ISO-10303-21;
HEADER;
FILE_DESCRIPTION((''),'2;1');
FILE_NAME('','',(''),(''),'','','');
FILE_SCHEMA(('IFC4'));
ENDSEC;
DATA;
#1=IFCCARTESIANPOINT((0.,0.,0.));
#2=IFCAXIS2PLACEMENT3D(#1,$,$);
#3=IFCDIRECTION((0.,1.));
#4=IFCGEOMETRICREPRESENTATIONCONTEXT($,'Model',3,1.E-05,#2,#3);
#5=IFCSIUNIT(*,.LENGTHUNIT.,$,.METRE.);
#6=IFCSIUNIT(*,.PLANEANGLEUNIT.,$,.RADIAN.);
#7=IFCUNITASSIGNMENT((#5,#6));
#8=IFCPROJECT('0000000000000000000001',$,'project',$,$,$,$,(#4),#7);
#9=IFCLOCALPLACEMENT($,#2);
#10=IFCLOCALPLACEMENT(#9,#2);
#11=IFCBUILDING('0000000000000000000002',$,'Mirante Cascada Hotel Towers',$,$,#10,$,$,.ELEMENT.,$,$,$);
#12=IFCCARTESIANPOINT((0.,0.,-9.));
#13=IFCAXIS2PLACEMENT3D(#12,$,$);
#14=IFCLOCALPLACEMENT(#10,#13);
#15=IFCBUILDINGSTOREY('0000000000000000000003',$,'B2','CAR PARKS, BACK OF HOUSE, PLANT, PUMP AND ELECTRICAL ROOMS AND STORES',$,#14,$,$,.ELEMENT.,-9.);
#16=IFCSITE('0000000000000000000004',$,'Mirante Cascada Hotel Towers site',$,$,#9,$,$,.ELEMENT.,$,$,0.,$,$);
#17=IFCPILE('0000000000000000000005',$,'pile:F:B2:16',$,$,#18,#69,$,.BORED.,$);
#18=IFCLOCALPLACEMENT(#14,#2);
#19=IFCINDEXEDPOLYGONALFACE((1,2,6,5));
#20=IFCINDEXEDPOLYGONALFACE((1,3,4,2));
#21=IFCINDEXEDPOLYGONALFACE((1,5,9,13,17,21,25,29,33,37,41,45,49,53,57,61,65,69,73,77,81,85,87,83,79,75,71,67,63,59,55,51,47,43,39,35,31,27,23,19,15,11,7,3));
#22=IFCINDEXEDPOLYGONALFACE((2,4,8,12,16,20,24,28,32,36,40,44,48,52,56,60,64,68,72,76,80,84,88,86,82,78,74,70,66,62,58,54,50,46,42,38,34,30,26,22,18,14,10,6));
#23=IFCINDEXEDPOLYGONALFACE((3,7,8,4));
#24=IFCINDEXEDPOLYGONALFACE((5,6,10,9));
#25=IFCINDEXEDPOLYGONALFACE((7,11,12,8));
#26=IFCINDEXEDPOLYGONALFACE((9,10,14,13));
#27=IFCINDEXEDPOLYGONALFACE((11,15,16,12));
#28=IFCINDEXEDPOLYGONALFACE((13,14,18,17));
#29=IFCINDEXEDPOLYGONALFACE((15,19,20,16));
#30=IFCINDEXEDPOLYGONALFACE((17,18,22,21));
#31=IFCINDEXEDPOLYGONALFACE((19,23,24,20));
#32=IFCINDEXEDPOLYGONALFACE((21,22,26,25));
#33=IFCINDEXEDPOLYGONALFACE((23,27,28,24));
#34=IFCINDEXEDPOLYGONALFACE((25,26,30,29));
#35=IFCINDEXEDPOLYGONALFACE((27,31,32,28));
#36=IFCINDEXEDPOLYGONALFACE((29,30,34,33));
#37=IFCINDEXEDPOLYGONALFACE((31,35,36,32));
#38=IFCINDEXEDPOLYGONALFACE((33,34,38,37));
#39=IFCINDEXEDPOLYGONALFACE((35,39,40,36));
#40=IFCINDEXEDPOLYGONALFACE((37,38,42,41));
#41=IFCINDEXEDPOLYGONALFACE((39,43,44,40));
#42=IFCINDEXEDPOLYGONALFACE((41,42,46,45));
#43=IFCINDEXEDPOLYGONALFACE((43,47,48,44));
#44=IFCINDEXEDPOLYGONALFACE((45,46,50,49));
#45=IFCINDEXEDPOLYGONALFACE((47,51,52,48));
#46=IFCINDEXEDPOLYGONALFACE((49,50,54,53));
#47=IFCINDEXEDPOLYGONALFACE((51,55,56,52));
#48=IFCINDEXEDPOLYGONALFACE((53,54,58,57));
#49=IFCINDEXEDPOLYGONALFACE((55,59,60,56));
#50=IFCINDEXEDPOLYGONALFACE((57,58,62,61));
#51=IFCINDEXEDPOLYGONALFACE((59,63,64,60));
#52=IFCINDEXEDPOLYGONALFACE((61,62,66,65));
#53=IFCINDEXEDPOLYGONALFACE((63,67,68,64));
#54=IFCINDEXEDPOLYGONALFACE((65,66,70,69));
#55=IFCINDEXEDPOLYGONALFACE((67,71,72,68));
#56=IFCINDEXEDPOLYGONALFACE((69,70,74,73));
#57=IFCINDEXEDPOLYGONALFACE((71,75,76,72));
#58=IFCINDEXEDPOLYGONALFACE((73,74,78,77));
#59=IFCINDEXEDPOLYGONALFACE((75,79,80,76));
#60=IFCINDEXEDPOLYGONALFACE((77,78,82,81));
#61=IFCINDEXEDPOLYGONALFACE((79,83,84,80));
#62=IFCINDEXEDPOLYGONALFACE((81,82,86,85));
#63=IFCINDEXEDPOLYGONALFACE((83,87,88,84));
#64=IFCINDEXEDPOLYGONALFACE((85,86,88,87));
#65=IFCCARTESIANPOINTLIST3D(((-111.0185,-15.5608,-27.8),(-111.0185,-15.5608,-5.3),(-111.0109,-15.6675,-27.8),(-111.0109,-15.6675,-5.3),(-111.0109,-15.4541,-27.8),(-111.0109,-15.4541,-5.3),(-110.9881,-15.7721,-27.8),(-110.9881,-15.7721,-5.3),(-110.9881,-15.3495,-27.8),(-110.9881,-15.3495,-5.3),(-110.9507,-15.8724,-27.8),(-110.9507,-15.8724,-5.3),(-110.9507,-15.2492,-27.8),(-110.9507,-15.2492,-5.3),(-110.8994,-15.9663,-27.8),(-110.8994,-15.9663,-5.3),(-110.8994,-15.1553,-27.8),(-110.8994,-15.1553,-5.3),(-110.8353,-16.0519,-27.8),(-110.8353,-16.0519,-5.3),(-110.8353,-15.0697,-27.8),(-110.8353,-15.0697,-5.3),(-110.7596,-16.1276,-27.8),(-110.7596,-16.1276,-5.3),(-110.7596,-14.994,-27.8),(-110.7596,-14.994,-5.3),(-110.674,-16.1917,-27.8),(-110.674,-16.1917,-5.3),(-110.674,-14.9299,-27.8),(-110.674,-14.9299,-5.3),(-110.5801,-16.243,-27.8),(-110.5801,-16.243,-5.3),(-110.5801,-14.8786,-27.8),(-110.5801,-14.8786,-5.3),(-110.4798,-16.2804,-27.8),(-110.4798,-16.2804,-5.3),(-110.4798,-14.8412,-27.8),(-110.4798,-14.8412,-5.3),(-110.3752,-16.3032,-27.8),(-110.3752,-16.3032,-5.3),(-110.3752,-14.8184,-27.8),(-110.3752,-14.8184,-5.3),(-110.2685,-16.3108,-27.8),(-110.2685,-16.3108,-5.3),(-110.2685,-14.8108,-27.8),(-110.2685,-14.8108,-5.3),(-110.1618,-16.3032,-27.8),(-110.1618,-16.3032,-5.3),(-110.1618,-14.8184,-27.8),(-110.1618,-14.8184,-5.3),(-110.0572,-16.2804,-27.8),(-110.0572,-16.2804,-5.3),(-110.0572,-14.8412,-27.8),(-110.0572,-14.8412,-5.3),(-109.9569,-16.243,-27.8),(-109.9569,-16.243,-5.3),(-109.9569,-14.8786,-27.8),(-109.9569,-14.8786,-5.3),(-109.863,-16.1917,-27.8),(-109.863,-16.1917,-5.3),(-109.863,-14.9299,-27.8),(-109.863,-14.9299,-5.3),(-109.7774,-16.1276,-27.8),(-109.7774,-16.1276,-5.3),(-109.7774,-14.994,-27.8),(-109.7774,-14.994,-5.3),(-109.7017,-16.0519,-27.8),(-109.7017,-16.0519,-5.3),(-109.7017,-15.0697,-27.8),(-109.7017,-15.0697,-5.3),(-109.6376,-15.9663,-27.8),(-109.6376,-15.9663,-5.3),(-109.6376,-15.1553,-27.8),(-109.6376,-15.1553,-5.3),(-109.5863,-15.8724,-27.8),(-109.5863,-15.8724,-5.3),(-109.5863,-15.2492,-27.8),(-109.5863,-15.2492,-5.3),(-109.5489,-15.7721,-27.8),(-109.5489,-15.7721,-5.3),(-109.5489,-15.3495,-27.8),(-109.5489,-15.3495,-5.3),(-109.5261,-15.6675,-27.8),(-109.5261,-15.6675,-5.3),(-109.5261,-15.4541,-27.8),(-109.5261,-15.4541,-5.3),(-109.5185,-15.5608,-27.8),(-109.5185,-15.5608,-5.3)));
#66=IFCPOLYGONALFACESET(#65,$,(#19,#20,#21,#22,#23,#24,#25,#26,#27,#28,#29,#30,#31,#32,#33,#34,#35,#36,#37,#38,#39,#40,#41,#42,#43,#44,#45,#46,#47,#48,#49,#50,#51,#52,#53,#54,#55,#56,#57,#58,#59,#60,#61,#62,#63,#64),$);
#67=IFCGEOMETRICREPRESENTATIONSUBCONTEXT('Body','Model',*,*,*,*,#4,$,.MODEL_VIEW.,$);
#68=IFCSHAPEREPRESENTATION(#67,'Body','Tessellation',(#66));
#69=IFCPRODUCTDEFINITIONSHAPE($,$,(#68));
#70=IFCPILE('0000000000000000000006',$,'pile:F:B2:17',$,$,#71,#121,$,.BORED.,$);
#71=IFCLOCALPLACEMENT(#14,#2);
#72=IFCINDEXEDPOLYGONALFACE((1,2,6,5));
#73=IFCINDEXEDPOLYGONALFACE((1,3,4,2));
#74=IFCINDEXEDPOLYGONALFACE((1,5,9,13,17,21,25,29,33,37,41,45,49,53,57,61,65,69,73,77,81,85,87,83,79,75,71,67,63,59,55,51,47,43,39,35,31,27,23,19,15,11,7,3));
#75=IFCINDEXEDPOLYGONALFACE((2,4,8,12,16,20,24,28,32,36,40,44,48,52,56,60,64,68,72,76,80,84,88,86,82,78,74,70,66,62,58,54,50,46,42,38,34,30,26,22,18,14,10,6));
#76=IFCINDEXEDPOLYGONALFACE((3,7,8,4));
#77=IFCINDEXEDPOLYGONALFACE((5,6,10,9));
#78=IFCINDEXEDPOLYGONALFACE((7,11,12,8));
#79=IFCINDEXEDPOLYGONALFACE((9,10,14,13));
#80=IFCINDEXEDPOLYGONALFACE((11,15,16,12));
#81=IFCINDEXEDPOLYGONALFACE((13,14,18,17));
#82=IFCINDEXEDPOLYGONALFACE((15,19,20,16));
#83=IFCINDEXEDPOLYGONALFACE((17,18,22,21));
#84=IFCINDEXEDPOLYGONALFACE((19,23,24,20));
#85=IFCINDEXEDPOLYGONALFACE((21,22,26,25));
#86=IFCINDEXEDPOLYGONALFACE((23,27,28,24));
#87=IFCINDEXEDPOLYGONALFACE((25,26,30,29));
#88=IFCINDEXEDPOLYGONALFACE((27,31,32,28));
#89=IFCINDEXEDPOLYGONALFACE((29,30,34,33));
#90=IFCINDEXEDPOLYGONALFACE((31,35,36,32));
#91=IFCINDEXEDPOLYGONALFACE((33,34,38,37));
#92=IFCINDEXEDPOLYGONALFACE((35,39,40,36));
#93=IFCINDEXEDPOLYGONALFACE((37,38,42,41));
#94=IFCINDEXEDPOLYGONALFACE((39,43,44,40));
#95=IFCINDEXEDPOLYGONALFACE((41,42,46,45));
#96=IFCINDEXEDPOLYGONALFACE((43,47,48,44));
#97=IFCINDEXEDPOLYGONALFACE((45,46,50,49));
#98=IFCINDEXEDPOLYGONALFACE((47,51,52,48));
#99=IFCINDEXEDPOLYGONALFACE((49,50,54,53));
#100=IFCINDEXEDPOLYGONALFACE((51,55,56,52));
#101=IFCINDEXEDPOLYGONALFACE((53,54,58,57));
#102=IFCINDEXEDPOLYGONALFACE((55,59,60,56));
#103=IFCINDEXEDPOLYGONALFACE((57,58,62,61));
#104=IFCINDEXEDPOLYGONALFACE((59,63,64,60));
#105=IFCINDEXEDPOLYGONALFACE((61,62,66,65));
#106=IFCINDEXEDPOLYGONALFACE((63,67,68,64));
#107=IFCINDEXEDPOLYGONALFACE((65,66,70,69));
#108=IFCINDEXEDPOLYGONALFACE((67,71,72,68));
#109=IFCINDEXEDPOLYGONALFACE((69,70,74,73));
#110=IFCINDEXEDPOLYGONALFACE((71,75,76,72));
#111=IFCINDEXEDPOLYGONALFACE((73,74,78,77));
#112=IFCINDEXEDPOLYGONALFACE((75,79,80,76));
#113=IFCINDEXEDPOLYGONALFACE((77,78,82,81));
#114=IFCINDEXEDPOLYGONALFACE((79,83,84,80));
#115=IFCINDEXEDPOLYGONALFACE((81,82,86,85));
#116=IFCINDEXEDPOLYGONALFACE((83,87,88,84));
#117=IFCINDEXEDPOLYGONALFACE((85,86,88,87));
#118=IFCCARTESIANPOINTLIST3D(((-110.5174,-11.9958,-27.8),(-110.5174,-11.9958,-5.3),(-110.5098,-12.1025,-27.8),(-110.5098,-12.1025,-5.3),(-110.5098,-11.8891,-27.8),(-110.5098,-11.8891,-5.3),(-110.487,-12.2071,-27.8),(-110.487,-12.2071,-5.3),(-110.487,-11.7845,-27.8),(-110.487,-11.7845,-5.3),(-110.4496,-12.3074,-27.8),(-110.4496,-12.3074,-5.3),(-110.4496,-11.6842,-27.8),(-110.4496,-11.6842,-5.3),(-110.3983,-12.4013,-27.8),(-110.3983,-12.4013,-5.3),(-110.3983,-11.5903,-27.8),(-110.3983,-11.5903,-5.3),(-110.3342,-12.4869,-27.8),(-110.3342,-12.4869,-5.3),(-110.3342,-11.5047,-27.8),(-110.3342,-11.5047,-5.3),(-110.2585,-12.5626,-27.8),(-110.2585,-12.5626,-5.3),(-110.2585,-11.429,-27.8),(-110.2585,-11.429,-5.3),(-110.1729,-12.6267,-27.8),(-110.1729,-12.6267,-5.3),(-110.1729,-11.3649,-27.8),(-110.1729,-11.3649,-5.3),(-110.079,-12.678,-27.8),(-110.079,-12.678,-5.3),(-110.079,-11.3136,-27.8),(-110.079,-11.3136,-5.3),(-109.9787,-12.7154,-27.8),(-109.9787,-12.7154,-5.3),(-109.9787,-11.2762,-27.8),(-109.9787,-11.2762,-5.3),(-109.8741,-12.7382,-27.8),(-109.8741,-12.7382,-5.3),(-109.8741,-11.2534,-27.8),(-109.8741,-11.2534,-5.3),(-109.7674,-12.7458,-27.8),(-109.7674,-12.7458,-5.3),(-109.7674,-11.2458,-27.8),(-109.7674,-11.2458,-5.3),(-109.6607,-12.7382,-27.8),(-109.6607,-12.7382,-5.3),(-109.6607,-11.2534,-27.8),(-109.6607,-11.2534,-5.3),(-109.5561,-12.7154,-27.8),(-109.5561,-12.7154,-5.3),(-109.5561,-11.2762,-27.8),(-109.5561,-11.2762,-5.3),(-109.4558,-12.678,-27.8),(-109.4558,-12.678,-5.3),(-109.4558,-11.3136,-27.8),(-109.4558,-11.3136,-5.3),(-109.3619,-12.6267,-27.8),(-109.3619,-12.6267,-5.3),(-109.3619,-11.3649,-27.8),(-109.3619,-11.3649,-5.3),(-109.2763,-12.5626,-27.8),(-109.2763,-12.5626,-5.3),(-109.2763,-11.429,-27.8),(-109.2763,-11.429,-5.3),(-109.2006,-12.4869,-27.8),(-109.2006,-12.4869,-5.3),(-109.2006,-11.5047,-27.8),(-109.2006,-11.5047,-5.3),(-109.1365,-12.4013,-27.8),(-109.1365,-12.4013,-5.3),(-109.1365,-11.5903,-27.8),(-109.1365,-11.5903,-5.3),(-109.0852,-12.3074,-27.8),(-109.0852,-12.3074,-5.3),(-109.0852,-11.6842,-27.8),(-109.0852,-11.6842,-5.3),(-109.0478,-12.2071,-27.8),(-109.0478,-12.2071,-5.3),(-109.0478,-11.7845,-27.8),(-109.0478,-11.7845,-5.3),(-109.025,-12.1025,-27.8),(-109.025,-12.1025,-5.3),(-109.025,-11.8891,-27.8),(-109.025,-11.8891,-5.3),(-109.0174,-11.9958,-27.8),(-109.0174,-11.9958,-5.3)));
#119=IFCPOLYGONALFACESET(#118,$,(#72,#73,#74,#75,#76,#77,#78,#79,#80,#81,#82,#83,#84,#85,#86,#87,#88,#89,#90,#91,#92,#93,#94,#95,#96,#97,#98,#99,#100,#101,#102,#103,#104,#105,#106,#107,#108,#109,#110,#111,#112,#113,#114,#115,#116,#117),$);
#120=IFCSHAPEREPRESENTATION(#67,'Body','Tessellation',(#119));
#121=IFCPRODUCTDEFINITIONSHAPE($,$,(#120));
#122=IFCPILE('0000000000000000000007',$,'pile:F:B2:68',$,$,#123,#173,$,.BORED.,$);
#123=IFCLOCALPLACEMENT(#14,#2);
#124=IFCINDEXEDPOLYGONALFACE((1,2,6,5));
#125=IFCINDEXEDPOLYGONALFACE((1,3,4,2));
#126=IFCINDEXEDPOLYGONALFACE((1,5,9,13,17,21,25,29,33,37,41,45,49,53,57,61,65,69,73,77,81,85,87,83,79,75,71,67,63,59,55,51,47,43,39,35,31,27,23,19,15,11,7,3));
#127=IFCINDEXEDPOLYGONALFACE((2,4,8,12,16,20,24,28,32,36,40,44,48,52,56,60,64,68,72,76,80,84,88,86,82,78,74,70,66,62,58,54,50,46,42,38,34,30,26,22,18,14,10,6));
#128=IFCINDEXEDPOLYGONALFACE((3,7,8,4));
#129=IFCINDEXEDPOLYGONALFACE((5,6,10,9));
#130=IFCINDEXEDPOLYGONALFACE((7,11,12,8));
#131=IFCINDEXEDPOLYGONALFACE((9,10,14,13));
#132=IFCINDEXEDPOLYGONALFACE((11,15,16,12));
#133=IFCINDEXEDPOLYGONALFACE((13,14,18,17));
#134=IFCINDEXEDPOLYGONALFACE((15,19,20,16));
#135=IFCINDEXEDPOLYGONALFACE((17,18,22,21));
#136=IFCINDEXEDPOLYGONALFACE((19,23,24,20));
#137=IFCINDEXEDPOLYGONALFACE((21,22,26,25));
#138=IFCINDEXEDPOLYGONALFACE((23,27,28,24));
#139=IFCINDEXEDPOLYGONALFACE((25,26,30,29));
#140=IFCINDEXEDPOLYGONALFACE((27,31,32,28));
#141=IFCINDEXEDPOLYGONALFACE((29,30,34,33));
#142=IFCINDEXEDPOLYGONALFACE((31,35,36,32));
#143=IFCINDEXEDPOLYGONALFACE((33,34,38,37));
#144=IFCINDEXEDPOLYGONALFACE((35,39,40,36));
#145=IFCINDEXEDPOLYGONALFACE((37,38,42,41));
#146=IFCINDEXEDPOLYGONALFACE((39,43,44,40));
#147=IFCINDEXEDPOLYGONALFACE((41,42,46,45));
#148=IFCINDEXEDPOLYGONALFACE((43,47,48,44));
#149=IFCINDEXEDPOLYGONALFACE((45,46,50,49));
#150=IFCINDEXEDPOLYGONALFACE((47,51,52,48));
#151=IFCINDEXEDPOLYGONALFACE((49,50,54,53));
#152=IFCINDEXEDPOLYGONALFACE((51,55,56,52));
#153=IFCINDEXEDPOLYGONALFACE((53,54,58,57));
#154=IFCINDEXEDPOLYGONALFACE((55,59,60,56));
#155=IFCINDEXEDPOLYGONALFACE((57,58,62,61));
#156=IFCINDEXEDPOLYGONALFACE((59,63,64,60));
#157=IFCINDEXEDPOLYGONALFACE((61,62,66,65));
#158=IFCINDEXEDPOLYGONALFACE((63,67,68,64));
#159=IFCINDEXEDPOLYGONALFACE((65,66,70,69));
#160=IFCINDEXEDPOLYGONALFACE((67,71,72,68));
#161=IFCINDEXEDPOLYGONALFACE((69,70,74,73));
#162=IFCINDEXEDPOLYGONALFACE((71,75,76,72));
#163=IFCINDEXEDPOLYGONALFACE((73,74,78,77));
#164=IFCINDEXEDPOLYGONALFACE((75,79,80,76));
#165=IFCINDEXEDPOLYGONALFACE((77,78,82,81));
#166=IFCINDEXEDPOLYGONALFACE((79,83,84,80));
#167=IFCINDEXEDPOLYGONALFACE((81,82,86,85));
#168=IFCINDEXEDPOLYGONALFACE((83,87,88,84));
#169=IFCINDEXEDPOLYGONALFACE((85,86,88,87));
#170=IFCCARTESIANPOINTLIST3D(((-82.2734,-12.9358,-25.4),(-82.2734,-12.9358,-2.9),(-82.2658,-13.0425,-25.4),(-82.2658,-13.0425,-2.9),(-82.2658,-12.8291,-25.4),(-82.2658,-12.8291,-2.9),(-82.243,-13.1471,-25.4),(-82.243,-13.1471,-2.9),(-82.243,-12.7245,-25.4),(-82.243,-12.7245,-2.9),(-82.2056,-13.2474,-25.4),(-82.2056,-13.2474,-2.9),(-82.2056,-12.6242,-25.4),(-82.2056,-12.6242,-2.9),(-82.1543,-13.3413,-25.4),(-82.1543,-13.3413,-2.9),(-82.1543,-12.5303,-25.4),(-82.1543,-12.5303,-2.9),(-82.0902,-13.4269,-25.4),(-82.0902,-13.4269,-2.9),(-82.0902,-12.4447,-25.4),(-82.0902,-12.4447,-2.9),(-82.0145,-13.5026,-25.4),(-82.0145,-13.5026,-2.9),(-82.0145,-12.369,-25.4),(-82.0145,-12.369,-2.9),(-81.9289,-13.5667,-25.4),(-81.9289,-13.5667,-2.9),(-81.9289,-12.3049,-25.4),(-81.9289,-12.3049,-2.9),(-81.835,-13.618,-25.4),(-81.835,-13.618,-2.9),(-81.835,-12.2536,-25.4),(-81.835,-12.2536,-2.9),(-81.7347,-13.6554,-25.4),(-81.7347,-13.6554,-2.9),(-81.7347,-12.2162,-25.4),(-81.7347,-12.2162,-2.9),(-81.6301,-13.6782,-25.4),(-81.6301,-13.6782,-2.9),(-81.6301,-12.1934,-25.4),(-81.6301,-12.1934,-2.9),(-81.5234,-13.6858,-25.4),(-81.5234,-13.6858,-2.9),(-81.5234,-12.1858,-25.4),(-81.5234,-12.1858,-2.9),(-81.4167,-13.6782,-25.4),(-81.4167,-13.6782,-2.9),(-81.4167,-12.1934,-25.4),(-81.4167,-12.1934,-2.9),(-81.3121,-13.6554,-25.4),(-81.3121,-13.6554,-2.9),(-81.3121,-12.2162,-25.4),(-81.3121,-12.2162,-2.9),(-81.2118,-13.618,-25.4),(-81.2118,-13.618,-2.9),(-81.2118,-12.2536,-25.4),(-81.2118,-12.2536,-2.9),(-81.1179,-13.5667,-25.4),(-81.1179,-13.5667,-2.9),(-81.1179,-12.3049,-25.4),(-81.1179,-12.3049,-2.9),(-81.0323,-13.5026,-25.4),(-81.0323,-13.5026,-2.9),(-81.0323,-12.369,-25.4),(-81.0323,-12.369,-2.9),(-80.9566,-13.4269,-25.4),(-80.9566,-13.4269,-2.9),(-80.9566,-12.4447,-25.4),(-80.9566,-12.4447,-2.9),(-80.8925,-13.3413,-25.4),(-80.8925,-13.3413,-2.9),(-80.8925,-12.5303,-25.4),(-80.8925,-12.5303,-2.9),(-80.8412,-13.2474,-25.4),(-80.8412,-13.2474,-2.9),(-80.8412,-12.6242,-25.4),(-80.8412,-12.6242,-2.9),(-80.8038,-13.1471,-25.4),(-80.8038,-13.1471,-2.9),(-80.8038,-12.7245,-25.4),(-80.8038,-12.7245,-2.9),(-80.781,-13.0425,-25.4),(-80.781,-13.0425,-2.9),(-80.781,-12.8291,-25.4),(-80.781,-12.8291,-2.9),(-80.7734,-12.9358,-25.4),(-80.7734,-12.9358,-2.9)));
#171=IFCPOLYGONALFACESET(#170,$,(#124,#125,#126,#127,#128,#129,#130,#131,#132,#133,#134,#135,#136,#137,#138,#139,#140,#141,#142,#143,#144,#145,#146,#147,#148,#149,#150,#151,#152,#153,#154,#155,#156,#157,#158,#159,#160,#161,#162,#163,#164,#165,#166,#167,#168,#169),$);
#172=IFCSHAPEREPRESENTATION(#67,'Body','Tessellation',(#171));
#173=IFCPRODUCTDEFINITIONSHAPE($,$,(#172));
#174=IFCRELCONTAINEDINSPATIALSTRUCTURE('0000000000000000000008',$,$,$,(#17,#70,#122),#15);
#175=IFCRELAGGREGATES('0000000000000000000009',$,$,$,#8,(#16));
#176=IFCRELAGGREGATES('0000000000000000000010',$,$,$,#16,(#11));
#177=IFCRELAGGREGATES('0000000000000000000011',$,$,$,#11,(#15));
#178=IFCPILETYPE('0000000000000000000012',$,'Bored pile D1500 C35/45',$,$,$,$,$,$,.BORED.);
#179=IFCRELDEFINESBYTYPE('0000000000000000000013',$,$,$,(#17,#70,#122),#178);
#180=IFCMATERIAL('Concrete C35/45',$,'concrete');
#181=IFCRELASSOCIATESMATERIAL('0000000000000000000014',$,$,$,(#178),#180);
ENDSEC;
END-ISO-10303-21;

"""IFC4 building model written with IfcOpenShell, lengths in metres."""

from ifc_helpers import new_model, si_unit, direction, frame, origin, origin_2d, place, context, subcontext, project, spatial, circle, extrude, material, material_profile, profile_set, type_object, element, save


model = new_model("IFC4")

# Units and contexts
model_context = context("Model", 3, precision=1e-05, world=origin(), true_north=direction((0.0, 1.0)))
body_context = subcontext(model_context, "Body", "Model", "MODEL_VIEW")
ifc_project = project(units=[si_unit("LENGTHUNIT", "METRE"), si_unit("PLANEANGLEUNIT", "RADIAN")], contexts=[model_context])

# Site, building, storey
site_placement = place(None, origin())
site = spatial("IfcSite", under=ifc_project, at=site_placement, Name="Mirante Cascada Hotel Towers site", CompositionType="ELEMENT", RefElevation=0.0)
building_placement = place(site_placement, origin())
building = spatial("IfcBuilding", under=site, at=building_placement, Name="Mirante Cascada Hotel Towers", CompositionType="ELEMENT")
storey_placement = place(building_placement, frame((0.0, 0.0, -9.0)))
storey = spatial("IfcBuildingStorey", under=building, at=storey_placement, Name="B2", Description="CAR PARKS, BACK OF HOUSE, PLANT, PUMP AND ELECTRICAL ROOMS AND STORES", CompositionType="ELEMENT", Elevation=-9.0)

# Piles
ifc_material_1 = material(Name="Concrete C35/45", Category="concrete")
ifc_material_profile_1 = material_profile(ifc_material_1, circle(Radius=0.75, at=origin_2d()), Name="RC D1500")
ifc_profile_set_1 = profile_set([ifc_material_profile_1], Name="Concrete C35/45")
pile_type = type_object("IfcPileType", Name="Bored pile D1500 C35/45", PredefinedType="BORED", material=ifc_profile_set_1)
for number, where, z_axis, x_axis, name in (
    (1, (-110.2685, -15.5608, -5.3), (0.0, 0.0, -1.0), (1.0, 0.0, 0.0), "pile:F:B2:16"),
    (2, (-109.7674, -11.9958, -5.3), (0.0, 0.0, -1.0), (1.0, 0.0, 0.0), "pile:F:B2:17"),
    (3, (-81.5234, -12.9358, -2.9), (0.0, 0.0, -1.0), (1.0, 0.0, 0.0), "pile:F:B2:68"),
):
    element("IfcPile", number, at=place(storey_placement, frame(where, z_axis=z_axis, x_axis=x_axis)), inside=storey, type_object=pile_type, Name=name, PredefinedType="BORED", context=body_context, shape_type="SweptSolid", body=[
        extrude(circle(Radius=0.75, at=origin_2d()), origin(), (0.0, 0.0, 1.0), 22.5),
    ])

save(model, "model.ifc")
